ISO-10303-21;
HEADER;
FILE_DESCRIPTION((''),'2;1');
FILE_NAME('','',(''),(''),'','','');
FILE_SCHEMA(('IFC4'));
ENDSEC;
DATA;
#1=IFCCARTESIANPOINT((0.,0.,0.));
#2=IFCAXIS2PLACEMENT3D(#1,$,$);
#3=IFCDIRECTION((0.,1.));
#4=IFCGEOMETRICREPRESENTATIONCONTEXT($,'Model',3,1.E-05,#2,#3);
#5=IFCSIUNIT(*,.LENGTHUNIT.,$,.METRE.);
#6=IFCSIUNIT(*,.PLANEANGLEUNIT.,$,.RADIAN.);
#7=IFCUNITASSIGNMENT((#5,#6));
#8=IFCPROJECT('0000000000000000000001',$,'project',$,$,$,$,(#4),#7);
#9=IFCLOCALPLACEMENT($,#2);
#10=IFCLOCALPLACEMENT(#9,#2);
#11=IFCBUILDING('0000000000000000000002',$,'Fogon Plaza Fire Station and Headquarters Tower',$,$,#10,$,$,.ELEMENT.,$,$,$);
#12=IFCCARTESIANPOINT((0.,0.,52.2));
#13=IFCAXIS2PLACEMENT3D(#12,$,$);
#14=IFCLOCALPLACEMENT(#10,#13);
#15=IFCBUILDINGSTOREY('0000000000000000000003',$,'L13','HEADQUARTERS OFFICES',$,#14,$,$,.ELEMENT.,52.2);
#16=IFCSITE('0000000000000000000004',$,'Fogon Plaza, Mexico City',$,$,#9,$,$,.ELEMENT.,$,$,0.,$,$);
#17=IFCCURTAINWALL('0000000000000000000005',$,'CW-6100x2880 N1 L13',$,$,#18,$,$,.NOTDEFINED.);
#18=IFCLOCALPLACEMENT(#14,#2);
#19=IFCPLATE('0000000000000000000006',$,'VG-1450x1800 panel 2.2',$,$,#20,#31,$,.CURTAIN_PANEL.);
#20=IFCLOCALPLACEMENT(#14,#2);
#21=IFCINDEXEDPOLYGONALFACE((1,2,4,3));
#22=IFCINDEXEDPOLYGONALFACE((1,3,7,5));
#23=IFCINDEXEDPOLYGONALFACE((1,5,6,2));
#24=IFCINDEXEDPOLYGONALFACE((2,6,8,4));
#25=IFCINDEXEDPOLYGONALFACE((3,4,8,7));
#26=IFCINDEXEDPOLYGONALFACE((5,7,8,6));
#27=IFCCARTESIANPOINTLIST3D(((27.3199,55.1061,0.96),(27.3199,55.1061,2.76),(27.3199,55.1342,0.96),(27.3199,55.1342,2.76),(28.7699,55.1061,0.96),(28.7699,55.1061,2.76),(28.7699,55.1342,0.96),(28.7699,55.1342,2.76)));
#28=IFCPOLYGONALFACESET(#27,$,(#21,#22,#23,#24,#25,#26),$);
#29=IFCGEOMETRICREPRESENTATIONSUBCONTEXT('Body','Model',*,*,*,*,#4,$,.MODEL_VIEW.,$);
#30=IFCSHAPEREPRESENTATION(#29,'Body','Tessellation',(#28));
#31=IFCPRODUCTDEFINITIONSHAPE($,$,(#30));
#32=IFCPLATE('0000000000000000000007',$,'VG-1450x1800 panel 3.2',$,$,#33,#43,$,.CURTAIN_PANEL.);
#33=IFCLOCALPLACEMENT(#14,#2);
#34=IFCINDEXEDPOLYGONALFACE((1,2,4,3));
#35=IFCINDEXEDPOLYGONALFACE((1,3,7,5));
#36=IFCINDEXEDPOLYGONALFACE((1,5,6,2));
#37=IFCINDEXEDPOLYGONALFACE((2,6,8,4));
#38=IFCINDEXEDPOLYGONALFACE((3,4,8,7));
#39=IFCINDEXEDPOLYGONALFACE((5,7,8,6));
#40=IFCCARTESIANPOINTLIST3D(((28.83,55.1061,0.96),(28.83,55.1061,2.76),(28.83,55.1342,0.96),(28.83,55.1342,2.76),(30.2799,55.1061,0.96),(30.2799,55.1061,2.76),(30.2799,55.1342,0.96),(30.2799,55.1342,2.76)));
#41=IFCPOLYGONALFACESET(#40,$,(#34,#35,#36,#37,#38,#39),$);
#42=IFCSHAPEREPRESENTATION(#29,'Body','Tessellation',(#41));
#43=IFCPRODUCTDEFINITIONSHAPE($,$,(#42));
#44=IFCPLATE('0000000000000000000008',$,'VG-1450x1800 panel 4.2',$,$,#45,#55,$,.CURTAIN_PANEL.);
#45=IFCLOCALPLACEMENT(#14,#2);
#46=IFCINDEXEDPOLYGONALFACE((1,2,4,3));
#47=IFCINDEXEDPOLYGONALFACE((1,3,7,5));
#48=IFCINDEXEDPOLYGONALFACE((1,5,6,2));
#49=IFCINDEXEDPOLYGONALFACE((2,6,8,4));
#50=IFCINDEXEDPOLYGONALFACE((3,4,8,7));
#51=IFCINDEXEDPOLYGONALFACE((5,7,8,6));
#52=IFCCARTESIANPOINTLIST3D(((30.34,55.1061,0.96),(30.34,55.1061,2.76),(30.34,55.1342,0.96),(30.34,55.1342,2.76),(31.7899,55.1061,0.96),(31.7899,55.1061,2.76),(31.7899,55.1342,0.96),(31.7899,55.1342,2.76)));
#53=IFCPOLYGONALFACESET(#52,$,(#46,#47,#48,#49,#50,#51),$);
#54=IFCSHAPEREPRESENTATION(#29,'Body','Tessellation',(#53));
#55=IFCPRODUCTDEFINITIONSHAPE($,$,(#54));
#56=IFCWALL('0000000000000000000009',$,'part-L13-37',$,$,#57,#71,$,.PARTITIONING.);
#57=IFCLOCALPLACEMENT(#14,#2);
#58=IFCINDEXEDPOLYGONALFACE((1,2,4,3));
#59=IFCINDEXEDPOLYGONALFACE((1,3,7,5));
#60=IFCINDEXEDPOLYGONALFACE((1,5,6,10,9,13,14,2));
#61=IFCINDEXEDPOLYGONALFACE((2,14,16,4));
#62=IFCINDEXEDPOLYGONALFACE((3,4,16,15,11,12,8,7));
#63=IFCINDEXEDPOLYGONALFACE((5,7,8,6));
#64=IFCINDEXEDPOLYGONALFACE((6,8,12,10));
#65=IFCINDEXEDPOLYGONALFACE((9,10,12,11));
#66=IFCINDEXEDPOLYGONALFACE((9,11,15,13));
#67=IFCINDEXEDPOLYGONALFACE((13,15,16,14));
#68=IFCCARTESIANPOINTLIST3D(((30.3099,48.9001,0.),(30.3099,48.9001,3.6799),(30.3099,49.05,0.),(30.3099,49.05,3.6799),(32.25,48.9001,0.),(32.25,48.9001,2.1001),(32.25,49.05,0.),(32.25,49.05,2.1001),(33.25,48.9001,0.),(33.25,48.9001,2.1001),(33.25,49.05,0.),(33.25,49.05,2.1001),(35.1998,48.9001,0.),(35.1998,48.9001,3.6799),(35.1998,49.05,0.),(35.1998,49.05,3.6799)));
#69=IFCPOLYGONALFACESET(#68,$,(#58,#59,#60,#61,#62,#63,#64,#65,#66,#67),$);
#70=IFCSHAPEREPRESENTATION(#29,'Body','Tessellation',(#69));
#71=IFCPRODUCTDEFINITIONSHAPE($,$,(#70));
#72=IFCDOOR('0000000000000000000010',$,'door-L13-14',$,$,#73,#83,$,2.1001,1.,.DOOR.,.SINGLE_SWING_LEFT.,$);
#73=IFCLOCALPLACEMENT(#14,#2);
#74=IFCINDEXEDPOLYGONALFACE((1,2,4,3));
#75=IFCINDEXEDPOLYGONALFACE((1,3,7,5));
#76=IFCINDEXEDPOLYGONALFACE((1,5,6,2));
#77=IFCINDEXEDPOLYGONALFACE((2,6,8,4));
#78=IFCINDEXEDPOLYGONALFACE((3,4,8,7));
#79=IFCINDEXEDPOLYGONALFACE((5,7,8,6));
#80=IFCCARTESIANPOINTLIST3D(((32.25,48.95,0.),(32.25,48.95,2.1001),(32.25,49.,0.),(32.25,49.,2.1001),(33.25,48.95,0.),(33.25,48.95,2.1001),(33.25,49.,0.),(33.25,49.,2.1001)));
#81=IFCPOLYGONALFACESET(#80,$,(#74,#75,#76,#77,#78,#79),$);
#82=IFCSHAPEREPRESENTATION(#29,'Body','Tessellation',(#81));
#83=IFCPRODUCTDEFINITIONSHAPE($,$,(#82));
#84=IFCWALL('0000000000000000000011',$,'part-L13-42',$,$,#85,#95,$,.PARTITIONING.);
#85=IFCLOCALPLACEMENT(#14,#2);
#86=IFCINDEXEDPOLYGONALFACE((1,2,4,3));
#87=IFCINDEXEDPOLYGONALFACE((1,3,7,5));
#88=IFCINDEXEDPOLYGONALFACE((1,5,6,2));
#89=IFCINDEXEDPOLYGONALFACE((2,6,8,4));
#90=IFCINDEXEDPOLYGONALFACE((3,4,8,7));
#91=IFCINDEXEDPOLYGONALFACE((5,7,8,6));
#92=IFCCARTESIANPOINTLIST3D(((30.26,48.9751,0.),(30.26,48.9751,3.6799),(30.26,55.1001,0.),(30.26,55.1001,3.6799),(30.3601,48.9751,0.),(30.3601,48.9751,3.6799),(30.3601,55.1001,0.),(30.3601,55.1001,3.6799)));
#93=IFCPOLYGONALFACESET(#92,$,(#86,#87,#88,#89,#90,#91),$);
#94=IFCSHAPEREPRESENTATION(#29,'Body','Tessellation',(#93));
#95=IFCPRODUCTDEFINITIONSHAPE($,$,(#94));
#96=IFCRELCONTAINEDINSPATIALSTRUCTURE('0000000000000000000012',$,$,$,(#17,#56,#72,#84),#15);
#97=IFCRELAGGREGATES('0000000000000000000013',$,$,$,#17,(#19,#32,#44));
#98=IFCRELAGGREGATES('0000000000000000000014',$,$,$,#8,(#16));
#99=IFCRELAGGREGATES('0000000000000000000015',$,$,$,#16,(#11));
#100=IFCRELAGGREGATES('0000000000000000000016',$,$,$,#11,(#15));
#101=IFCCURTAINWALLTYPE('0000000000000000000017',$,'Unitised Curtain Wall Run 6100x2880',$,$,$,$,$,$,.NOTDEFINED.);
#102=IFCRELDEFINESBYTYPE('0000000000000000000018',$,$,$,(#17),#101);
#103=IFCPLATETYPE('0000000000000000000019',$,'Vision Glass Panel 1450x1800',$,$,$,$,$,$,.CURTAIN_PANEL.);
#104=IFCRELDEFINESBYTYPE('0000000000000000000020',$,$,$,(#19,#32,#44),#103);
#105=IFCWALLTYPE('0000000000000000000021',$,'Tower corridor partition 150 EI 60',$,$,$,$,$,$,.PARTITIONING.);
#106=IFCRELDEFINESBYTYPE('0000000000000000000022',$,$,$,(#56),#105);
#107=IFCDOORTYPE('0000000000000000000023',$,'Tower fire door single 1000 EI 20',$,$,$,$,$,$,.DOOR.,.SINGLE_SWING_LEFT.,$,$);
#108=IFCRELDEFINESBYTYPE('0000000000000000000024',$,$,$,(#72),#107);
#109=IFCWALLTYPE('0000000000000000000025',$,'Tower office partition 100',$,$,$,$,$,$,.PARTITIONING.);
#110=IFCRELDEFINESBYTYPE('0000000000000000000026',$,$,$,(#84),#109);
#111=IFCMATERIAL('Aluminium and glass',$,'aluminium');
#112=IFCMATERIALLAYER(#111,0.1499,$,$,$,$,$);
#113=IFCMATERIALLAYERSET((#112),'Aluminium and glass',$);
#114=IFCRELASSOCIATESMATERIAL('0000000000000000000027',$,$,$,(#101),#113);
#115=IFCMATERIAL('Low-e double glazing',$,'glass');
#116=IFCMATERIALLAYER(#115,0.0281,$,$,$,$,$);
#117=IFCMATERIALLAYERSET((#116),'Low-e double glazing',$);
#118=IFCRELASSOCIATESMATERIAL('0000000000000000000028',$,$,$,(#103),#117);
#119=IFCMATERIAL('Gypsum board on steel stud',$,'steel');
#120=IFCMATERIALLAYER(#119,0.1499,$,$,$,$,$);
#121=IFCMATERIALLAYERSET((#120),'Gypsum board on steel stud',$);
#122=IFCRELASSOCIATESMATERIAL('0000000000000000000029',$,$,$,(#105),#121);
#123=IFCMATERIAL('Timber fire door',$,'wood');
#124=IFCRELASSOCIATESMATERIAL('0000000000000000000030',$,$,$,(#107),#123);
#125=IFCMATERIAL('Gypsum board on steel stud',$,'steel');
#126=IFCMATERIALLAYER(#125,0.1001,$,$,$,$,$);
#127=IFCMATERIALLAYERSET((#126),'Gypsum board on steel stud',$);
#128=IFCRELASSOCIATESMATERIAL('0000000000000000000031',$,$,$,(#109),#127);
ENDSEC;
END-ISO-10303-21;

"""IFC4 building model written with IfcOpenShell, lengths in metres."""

from ifc_helpers import new_model, si_unit, direction, frame, frame_2d, origin, origin_2d, place, context, subcontext, project, spatial, rectangle, extrude, material, layer, layer_set, type_object, element, fill, aggregate, save


model = new_model("IFC4")

# Units and contexts
model_context = context("Model", 3, precision=1e-05, world=origin(), true_north=direction((0.0, 1.0)))
body_context = subcontext(model_context, "Body", "Model", "MODEL_VIEW")
ifc_project = project(units=[si_unit("LENGTHUNIT", "METRE"), si_unit("PLANEANGLEUNIT", "RADIAN")], contexts=[model_context])

# Site, building, storey
site_placement = place(None, origin())
site = spatial("IfcSite", under=ifc_project, at=site_placement, Name="Fogon Plaza, Mexico City", CompositionType="ELEMENT", RefElevation=0.0)
building_placement = place(site_placement, origin())
building = spatial("IfcBuilding", under=site, at=building_placement, Name="Fogon Plaza Fire Station and Headquarters Tower", CompositionType="ELEMENT")
storey_placement = place(building_placement, frame((0.0, 0.0, 52.2)))
storey = spatial("IfcBuildingStorey", under=building, at=storey_placement, Name="L13", Description="HEADQUARTERS OFFICES", CompositionType="ELEMENT", Elevation=52.2)

# Curtain wall
ifc_material_1 = material(Name="Aluminium and glass", Category="aluminium")
ifc_layer_1 = layer(ifc_material_1, 0.1499)
ifc_layer_set_1 = layer_set([ifc_layer_1], Name="Aluminium and glass")
curtain_wall_type = type_object("IfcCurtainWallType", Name="Unitised Curtain Wall Run 6100x2880", PredefinedType="NOTDEFINED", material=ifc_layer_set_1)
curtain_wall_placement = place(storey_placement, origin())
curtain_wall = element("IfcCurtainWall", 1, at=curtain_wall_placement, inside=storey, type_object=curtain_wall_type, Name="CW-6100x2880 N1 L13", PredefinedType="NOTDEFINED")

# Plates
ifc_material_2 = material(Name="Low-e double glazing", Category="glass")
ifc_layer_2 = layer(ifc_material_2, 0.0281)
ifc_layer_set_2 = layer_set([ifc_layer_2], Name="Low-e double glazing")
plate_type_1 = type_object("IfcPlateType", Name="Vision Glass Panel 1450x1800", PredefinedType="CURTAIN_PANEL", material=ifc_layer_set_2)
plate_1_placement = place(storey_placement, frame((28.0449, 55.1201, 0.96), z_axis=(0.0, 0.0, 1.0), x_axis=(1.0, 0.0, 0.0)))
plate_1 = element("IfcPlate", 2, at=plate_1_placement, type_object=plate_type_1, Name="VG-1450x1800 panel 2.2", PredefinedType="CURTAIN_PANEL", context=body_context, shape_type="SweptSolid", body=[
    extrude(rectangle(XDim=1.45, YDim=0.0281, at=origin_2d()), origin(), (0.0, 0.0, 1.0), 1.8),
])
plate_2_placement = place(storey_placement, frame((29.5549, 55.1201, 0.96), z_axis=(0.0, 0.0, 1.0), x_axis=(1.0, 0.0, 0.0)))
plate_2 = element("IfcPlate", 3, at=plate_2_placement, type_object=plate_type_1, Name="VG-1450x1800 panel 3.2", PredefinedType="CURTAIN_PANEL", context=body_context, shape_type="SweptSolid", body=[
    extrude(rectangle(XDim=1.45, YDim=0.0281, at=origin_2d()), origin(), (0.0, 0.0, 1.0), 1.8),
])
plate_3_placement = place(storey_placement, frame((31.0649, 55.1201, 0.96), z_axis=(0.0, 0.0, 1.0), x_axis=(1.0, 0.0, 0.0)))
plate_3 = element("IfcPlate", 4, at=plate_3_placement, type_object=plate_type_1, Name="VG-1450x1800 panel 4.2", PredefinedType="CURTAIN_PANEL", context=body_context, shape_type="SweptSolid", body=[
    extrude(rectangle(XDim=1.45, YDim=0.0281, at=origin_2d()), origin(), (0.0, 0.0, 1.0), 1.8),
])
aggregate(curtain_wall, [plate_1, plate_2, plate_3])

# Wall, opening, door
ifc_material_3 = material(Name="Gypsum board on steel stud", Category="steel")
ifc_layer_3 = layer(ifc_material_3, 0.1499)
ifc_layer_set_3 = layer_set([ifc_layer_3], Name="Gypsum board on steel stud")
wall_type_1 = type_object("IfcWallType", Name="Tower corridor partition 150 EI 60", PredefinedType="PARTITIONING", material=ifc_layer_set_3)
wall_1_placement = place(storey_placement, frame((30.3101, 48.9751, 0.0), z_axis=(0.0, 0.0, 1.0), x_axis=(1.0, 0.0, 0.0)))
wall_1 = element("IfcWall", 5, at=wall_1_placement, inside=storey, type_object=wall_type_1, Name="part-L13-37", PredefinedType="PARTITIONING", context=body_context, shape_type="SweptSolid", body=[
    extrude(rectangle(XDim=4.8899, YDim=0.1499, at=frame_2d((2.4448, 0.0))), origin(), (0.0, 0.0, 1.0), 3.6799),
])
opening_placement = place(wall_1_placement, frame((1.9399, 0.0, 0.0)))
opening = element("IfcOpeningElement", 6, at=opening_placement, cuts=wall_1, PredefinedType="OPENING", context=body_context, shape_type="SweptSolid", body=[
    extrude(rectangle(XDim=1.0, YDim=2.1001, at=frame_2d((0.5, 1.05))), frame((0.0, 0.085, 0.0), z_axis=(0.0, -1.0, 0.0), x_axis=(1.0, 0.0, 0.0)), (0.0, 0.0, 1.0), 0.1699),
])
ifc_material_4 = material(Name="Timber fire door", Category="wood")
door_type = type_object("IfcDoorType", Name="Tower fire door single 1000 EI 20", OperationType="SINGLE_SWING_LEFT", PredefinedType="DOOR", material=ifc_material_4)
door_placement = place(opening_placement, origin())
door = element("IfcDoor", 7, at=door_placement, inside=storey, type_object=door_type, Name="door-L13-14", OperationType="SINGLE_SWING_LEFT", OverallHeight=2.1001, OverallWidth=1.0, PredefinedType="DOOR", context=body_context, shape_type="SweptSolid", body=[
    extrude(rectangle(XDim=1.0, YDim=2.1001, at=frame_2d((0.5, 1.05))), frame((0.0, 0.0249, 0.0), z_axis=(0.0, -1.0, 0.0), x_axis=(1.0, 0.0, 0.0)), (0.0, 0.0, 1.0), 0.05),
])
fill(opening, door)

# Wall
ifc_material_5 = material(Name="Gypsum board on steel stud", Category="steel")
ifc_layer_4 = layer(ifc_material_5, 0.1001)
ifc_layer_set_4 = layer_set([ifc_layer_4], Name="Gypsum board on steel stud")
wall_type_2 = type_object("IfcWallType", Name="Tower office partition 100", PredefinedType="PARTITIONING", material=ifc_layer_set_4)
wall_2_placement = place(storey_placement, frame((30.3101, 48.9751, 0.0), z_axis=(0.0, 0.0, 1.0), x_axis=(0.0, 1.0, 0.0)))
element("IfcWall", 8, at=wall_2_placement, inside=storey, type_object=wall_type_2, Name="part-L13-42", PredefinedType="PARTITIONING", context=body_context, shape_type="SweptSolid", body=[
    extrude(rectangle(XDim=6.125, YDim=0.1001, at=frame_2d((3.0625, 0.0))), origin(), (0.0, 0.0, 1.0), 3.6799),
])

save(model, "model.ifc")
